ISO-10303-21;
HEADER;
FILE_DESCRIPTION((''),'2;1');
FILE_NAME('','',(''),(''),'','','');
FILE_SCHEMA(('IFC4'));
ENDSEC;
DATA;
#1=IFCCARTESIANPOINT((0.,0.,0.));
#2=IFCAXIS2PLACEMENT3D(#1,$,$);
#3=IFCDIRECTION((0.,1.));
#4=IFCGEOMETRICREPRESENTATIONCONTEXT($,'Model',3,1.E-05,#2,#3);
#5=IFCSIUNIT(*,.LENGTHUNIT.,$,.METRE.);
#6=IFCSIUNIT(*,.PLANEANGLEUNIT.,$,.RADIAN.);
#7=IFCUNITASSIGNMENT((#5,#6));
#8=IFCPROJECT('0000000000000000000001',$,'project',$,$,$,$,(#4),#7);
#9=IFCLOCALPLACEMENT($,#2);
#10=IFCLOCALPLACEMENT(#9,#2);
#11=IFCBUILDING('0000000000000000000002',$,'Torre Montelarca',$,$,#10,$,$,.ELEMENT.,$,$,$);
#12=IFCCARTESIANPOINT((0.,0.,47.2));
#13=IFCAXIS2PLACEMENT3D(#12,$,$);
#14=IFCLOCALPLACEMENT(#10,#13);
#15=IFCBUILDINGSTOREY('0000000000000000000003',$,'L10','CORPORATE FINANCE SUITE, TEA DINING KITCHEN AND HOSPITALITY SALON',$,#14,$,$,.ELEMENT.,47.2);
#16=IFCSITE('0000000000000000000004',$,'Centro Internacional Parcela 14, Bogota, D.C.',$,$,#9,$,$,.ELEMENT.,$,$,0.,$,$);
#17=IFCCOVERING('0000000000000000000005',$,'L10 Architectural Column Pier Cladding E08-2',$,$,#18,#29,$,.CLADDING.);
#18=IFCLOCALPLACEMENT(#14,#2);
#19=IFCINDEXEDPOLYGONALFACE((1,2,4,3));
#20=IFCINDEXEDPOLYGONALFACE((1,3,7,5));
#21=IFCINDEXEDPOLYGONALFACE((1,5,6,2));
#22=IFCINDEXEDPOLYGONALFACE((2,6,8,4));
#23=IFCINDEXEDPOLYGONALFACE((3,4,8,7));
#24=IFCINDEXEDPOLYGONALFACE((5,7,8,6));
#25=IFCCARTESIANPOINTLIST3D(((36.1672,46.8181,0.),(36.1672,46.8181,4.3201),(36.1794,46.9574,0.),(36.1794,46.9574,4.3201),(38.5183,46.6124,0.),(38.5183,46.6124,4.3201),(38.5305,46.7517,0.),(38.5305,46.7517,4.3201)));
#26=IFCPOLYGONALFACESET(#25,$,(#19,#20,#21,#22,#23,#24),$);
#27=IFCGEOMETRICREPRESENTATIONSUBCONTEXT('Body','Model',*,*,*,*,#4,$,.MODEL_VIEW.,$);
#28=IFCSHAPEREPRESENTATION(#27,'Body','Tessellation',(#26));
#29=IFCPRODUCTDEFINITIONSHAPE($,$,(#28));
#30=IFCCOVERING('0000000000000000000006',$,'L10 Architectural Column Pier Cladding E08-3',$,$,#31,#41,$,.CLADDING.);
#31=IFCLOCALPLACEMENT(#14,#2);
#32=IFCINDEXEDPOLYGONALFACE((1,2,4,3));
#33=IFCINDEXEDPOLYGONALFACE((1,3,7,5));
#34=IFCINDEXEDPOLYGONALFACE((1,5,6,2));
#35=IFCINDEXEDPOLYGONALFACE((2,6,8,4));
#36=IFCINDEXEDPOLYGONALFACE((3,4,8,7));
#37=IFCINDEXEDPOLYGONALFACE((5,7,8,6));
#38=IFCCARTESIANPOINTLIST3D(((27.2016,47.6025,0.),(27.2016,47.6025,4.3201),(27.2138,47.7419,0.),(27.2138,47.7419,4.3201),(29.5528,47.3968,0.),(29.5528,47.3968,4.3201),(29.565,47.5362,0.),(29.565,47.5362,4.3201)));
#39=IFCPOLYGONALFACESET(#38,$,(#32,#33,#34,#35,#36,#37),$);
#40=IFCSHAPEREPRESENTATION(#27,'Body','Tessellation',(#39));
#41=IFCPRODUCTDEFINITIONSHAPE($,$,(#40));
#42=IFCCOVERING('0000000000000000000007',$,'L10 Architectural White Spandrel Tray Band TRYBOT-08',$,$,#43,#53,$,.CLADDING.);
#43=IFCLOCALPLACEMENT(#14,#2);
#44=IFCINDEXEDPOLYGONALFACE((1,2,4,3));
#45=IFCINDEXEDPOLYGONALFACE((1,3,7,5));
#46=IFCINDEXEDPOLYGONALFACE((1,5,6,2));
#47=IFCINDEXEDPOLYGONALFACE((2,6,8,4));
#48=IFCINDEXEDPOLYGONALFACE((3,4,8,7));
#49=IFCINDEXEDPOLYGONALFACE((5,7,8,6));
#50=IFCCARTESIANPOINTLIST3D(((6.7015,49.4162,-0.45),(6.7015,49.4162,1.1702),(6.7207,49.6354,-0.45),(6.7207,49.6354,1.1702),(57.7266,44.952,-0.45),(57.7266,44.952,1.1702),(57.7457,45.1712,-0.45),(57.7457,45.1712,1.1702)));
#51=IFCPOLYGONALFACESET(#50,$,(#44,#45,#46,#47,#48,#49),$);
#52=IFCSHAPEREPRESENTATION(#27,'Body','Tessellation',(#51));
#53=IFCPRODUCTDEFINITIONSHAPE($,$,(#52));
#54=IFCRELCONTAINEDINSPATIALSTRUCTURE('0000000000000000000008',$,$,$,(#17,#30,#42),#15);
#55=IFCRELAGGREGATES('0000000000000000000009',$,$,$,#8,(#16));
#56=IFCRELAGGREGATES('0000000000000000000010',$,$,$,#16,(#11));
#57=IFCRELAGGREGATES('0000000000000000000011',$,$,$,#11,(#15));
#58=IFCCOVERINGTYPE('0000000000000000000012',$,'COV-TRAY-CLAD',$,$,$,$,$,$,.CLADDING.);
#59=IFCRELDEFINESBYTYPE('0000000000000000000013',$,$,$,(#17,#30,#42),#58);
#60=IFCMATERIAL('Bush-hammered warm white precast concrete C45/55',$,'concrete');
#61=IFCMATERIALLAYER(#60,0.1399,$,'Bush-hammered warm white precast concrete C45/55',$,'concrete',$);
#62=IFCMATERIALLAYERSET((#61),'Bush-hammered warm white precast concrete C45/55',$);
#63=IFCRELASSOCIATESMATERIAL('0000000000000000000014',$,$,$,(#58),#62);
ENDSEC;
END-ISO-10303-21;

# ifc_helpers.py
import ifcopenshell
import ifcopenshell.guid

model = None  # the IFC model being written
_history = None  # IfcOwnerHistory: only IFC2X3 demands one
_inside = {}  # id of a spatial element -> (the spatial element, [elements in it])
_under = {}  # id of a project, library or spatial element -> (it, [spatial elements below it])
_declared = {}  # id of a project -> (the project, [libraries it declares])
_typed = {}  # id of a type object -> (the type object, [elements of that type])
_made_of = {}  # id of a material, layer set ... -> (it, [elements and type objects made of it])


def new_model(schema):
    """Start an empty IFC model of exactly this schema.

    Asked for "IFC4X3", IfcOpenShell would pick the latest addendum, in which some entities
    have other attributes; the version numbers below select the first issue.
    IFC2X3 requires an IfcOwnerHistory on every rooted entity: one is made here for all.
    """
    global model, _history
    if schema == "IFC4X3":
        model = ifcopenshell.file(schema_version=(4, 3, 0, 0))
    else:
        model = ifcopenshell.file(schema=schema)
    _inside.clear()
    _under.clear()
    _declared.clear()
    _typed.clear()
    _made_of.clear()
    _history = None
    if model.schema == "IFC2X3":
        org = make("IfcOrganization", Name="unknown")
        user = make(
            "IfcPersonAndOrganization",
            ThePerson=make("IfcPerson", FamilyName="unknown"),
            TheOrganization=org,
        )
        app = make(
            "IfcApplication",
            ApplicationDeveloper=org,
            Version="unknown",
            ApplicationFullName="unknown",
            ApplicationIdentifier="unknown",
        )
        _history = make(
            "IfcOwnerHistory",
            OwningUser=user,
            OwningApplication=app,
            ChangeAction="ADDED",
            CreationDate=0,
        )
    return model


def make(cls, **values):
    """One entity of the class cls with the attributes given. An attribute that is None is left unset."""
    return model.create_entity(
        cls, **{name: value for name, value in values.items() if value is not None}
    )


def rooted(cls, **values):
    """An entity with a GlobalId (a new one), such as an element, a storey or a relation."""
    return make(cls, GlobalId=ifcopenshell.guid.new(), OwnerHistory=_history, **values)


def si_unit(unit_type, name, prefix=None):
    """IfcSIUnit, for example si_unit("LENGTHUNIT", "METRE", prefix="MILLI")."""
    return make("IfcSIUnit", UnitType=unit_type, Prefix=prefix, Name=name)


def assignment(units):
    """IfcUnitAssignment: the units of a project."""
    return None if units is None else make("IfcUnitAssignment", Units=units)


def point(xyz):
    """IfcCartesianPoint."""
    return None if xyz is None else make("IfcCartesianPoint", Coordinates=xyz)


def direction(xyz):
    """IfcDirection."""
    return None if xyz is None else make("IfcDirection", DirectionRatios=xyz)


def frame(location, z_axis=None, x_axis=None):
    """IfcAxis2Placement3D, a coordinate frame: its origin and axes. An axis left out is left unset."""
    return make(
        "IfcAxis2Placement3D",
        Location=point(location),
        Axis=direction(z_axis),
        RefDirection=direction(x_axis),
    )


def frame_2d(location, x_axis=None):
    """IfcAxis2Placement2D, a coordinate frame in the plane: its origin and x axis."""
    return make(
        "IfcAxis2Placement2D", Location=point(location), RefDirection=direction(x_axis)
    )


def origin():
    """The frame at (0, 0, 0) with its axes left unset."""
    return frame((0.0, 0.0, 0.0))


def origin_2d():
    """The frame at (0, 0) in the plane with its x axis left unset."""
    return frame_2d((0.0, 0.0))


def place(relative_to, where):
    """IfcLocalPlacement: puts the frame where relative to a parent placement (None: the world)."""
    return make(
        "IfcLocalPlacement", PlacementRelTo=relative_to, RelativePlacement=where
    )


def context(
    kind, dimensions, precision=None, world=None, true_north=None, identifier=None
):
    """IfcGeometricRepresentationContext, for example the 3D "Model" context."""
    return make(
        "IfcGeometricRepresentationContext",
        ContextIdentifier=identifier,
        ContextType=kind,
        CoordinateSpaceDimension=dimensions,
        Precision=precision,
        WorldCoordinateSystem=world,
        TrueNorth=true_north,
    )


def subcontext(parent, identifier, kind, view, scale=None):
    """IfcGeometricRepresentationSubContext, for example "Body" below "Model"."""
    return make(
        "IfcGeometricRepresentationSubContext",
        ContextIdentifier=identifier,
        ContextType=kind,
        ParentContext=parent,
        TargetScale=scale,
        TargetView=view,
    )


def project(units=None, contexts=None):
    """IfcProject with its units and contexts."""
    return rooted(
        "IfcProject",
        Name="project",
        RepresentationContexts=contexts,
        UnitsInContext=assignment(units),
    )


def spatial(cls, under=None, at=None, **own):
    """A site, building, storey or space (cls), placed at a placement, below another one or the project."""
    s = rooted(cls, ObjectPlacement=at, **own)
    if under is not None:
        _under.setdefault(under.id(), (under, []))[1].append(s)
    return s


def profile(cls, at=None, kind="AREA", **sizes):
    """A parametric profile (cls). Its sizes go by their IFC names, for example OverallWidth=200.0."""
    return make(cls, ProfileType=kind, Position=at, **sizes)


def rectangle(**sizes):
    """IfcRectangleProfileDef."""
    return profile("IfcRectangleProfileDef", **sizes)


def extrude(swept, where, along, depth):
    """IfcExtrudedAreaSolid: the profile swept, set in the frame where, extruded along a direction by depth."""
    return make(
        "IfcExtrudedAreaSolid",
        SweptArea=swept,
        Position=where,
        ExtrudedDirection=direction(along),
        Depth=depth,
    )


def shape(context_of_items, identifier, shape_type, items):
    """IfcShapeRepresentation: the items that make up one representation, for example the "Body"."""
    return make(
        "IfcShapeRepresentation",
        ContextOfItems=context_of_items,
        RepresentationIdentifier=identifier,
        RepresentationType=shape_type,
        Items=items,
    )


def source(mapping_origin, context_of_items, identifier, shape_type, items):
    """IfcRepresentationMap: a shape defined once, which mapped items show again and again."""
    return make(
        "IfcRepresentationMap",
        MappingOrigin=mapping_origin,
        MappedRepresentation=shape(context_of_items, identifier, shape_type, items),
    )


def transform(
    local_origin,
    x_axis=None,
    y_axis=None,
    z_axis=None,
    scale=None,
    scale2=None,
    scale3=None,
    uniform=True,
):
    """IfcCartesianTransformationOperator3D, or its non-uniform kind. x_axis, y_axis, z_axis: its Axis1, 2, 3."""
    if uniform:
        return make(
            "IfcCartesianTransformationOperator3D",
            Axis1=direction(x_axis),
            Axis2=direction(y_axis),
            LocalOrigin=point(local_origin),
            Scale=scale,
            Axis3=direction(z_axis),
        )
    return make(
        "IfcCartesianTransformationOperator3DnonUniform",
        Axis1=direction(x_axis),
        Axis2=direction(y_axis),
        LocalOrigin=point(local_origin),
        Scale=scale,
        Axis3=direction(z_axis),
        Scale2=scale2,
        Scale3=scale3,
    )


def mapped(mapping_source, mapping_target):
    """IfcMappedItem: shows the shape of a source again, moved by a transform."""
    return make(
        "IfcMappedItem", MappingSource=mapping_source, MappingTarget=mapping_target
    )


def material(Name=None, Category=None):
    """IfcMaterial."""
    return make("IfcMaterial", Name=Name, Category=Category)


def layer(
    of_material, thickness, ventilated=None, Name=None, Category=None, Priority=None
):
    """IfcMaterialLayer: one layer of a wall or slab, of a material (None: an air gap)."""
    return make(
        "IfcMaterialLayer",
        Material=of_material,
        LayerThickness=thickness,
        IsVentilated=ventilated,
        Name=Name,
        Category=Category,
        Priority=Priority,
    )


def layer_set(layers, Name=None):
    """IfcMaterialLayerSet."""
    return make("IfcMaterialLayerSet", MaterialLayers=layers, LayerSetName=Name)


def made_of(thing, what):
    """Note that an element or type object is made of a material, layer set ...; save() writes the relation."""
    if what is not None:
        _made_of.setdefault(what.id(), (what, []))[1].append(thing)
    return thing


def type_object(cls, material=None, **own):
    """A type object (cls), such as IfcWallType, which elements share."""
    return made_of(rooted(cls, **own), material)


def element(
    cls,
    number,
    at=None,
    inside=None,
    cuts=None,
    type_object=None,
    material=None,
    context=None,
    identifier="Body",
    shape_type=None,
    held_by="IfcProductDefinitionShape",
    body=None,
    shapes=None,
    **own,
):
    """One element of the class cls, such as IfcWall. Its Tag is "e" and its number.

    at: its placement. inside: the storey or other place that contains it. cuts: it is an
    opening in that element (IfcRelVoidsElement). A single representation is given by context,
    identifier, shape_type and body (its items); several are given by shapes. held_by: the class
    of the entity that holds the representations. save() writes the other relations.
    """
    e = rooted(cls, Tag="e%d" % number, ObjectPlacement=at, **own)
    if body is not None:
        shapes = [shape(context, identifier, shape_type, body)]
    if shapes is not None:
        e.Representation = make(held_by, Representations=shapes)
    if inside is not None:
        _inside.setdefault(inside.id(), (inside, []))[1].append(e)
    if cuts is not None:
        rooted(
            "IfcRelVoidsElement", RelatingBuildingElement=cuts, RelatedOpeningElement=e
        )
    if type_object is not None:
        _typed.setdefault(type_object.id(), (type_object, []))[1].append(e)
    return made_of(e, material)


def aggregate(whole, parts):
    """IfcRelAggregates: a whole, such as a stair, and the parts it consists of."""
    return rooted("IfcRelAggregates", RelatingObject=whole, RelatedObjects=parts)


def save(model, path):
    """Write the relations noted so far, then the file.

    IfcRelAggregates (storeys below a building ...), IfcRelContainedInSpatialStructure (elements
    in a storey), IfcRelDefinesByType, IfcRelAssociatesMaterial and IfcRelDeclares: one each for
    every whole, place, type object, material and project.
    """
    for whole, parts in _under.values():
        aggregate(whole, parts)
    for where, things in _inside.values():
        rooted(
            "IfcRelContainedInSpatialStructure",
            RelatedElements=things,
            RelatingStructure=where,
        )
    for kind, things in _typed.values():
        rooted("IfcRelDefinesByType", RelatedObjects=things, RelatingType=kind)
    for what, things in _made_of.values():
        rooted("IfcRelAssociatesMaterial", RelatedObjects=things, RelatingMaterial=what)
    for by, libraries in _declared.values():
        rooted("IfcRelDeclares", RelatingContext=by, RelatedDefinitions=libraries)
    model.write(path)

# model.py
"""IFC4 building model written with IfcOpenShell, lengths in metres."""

from ifc_helpers import new_model, si_unit, direction, frame, origin, origin_2d, place, context, subcontext, project, spatial, rectangle, extrude, source, transform, mapped, material, layer, layer_set, type_object, element, save


model = new_model("IFC4")

# Units and contexts
model_context = context("Model", 3, precision=1e-05, world=origin(), true_north=direction((0.0, 1.0)))
body_context = subcontext(model_context, "Body", "Model", "MODEL_VIEW")
ifc_project = project(units=[si_unit("LENGTHUNIT", "METRE"), si_unit("PLANEANGLEUNIT", "RADIAN")], contexts=[model_context])

# Site, building, storey
site_placement = place(None, origin())
site = spatial("IfcSite", under=ifc_project, at=site_placement, Name="Centro Internacional Parcela 14, Bogota, D.C.", CompositionType="ELEMENT", RefElevation=0.0)
building_placement = place(site_placement, origin())
building = spatial("IfcBuilding", under=site, at=building_placement, Name="Torre Montelarca", CompositionType="ELEMENT")
storey_placement = place(building_placement, frame((0.0, 0.0, 47.2)))
storey = spatial("IfcBuildingStorey", under=building, at=storey_placement, Name="L10", Description="CORPORATE FINANCE SUITE, TEA DINING KITCHEN AND HOSPITALITY SALON", CompositionType="ELEMENT", Elevation=47.2)

# Coverings
ifc_material_1 = material(Name="Bush-hammered warm white precast concrete C45/55", Category="concrete")
ifc_layer_1 = layer(ifc_material_1, 0.1399, Name="Bush-hammered warm white precast concrete C45/55", Category="concrete")
ifc_layer_set_1 = layer_set([ifc_layer_1], Name="Bush-hammered warm white precast concrete C45/55")
covering_type = type_object("IfcCoveringType", Name="COV-TRAY-CLAD", PredefinedType="CLADDING", material=ifc_layer_set_1)
shared_shape_1 = source(origin(), body_context, "Body", "SweptSolid", [
    extrude(rectangle(XDim=2.3601, YDim=0.1399, at=origin_2d()), origin(), (0.0, 0.0, 1.0), 4.3201),
])
for number, where, z_axis, x_axis, name in (
    (1, (37.3489, 46.7849, 0.0), (0.0, 0.0, 1.0), (-0.996195, 0.087157, 0.0), "L10 Architectural Column Pier Cladding E08-2"),
    (2, (28.3833, 47.5693, 0.0), (0.0, 0.0, 1.0), (-0.996195, 0.087157, 0.0), "L10 Architectural Column Pier Cladding E08-3"),
):
    element("IfcCovering", number, at=place(storey_placement, frame(where, z_axis=z_axis, x_axis=x_axis)), inside=storey, type_object=covering_type, Name=name, PredefinedType="CLADDING", context=body_context, shape_type="MappedRepresentation", body=[
        mapped(shared_shape_1, transform((0.0, 0.0, 0.0), scale=1.0)),
    ])
shared_shape_2 = source(origin(), body_context, "Body", "SweptSolid", [
    extrude(rectangle(XDim=51.22, YDim=0.22, at=origin_2d()), origin(), (0.0, 0.0, 1.0), 1.6201),
])
covering_placement = place(storey_placement, frame((32.2236, 47.2937, -0.45), z_axis=(0.0, 0.0, 1.0), x_axis=(-0.996195, 0.087157, 0.0)))
element("IfcCovering", 3, at=covering_placement, inside=storey, type_object=covering_type, Name="L10 Architectural White Spandrel Tray Band TRYBOT-08", PredefinedType="CLADDING", context=body_context, shape_type="MappedRepresentation", body=[
    mapped(shared_shape_2, transform((0.0, 0.0, 0.0), scale=1.0)),
])

save(model, "model.ifc")
